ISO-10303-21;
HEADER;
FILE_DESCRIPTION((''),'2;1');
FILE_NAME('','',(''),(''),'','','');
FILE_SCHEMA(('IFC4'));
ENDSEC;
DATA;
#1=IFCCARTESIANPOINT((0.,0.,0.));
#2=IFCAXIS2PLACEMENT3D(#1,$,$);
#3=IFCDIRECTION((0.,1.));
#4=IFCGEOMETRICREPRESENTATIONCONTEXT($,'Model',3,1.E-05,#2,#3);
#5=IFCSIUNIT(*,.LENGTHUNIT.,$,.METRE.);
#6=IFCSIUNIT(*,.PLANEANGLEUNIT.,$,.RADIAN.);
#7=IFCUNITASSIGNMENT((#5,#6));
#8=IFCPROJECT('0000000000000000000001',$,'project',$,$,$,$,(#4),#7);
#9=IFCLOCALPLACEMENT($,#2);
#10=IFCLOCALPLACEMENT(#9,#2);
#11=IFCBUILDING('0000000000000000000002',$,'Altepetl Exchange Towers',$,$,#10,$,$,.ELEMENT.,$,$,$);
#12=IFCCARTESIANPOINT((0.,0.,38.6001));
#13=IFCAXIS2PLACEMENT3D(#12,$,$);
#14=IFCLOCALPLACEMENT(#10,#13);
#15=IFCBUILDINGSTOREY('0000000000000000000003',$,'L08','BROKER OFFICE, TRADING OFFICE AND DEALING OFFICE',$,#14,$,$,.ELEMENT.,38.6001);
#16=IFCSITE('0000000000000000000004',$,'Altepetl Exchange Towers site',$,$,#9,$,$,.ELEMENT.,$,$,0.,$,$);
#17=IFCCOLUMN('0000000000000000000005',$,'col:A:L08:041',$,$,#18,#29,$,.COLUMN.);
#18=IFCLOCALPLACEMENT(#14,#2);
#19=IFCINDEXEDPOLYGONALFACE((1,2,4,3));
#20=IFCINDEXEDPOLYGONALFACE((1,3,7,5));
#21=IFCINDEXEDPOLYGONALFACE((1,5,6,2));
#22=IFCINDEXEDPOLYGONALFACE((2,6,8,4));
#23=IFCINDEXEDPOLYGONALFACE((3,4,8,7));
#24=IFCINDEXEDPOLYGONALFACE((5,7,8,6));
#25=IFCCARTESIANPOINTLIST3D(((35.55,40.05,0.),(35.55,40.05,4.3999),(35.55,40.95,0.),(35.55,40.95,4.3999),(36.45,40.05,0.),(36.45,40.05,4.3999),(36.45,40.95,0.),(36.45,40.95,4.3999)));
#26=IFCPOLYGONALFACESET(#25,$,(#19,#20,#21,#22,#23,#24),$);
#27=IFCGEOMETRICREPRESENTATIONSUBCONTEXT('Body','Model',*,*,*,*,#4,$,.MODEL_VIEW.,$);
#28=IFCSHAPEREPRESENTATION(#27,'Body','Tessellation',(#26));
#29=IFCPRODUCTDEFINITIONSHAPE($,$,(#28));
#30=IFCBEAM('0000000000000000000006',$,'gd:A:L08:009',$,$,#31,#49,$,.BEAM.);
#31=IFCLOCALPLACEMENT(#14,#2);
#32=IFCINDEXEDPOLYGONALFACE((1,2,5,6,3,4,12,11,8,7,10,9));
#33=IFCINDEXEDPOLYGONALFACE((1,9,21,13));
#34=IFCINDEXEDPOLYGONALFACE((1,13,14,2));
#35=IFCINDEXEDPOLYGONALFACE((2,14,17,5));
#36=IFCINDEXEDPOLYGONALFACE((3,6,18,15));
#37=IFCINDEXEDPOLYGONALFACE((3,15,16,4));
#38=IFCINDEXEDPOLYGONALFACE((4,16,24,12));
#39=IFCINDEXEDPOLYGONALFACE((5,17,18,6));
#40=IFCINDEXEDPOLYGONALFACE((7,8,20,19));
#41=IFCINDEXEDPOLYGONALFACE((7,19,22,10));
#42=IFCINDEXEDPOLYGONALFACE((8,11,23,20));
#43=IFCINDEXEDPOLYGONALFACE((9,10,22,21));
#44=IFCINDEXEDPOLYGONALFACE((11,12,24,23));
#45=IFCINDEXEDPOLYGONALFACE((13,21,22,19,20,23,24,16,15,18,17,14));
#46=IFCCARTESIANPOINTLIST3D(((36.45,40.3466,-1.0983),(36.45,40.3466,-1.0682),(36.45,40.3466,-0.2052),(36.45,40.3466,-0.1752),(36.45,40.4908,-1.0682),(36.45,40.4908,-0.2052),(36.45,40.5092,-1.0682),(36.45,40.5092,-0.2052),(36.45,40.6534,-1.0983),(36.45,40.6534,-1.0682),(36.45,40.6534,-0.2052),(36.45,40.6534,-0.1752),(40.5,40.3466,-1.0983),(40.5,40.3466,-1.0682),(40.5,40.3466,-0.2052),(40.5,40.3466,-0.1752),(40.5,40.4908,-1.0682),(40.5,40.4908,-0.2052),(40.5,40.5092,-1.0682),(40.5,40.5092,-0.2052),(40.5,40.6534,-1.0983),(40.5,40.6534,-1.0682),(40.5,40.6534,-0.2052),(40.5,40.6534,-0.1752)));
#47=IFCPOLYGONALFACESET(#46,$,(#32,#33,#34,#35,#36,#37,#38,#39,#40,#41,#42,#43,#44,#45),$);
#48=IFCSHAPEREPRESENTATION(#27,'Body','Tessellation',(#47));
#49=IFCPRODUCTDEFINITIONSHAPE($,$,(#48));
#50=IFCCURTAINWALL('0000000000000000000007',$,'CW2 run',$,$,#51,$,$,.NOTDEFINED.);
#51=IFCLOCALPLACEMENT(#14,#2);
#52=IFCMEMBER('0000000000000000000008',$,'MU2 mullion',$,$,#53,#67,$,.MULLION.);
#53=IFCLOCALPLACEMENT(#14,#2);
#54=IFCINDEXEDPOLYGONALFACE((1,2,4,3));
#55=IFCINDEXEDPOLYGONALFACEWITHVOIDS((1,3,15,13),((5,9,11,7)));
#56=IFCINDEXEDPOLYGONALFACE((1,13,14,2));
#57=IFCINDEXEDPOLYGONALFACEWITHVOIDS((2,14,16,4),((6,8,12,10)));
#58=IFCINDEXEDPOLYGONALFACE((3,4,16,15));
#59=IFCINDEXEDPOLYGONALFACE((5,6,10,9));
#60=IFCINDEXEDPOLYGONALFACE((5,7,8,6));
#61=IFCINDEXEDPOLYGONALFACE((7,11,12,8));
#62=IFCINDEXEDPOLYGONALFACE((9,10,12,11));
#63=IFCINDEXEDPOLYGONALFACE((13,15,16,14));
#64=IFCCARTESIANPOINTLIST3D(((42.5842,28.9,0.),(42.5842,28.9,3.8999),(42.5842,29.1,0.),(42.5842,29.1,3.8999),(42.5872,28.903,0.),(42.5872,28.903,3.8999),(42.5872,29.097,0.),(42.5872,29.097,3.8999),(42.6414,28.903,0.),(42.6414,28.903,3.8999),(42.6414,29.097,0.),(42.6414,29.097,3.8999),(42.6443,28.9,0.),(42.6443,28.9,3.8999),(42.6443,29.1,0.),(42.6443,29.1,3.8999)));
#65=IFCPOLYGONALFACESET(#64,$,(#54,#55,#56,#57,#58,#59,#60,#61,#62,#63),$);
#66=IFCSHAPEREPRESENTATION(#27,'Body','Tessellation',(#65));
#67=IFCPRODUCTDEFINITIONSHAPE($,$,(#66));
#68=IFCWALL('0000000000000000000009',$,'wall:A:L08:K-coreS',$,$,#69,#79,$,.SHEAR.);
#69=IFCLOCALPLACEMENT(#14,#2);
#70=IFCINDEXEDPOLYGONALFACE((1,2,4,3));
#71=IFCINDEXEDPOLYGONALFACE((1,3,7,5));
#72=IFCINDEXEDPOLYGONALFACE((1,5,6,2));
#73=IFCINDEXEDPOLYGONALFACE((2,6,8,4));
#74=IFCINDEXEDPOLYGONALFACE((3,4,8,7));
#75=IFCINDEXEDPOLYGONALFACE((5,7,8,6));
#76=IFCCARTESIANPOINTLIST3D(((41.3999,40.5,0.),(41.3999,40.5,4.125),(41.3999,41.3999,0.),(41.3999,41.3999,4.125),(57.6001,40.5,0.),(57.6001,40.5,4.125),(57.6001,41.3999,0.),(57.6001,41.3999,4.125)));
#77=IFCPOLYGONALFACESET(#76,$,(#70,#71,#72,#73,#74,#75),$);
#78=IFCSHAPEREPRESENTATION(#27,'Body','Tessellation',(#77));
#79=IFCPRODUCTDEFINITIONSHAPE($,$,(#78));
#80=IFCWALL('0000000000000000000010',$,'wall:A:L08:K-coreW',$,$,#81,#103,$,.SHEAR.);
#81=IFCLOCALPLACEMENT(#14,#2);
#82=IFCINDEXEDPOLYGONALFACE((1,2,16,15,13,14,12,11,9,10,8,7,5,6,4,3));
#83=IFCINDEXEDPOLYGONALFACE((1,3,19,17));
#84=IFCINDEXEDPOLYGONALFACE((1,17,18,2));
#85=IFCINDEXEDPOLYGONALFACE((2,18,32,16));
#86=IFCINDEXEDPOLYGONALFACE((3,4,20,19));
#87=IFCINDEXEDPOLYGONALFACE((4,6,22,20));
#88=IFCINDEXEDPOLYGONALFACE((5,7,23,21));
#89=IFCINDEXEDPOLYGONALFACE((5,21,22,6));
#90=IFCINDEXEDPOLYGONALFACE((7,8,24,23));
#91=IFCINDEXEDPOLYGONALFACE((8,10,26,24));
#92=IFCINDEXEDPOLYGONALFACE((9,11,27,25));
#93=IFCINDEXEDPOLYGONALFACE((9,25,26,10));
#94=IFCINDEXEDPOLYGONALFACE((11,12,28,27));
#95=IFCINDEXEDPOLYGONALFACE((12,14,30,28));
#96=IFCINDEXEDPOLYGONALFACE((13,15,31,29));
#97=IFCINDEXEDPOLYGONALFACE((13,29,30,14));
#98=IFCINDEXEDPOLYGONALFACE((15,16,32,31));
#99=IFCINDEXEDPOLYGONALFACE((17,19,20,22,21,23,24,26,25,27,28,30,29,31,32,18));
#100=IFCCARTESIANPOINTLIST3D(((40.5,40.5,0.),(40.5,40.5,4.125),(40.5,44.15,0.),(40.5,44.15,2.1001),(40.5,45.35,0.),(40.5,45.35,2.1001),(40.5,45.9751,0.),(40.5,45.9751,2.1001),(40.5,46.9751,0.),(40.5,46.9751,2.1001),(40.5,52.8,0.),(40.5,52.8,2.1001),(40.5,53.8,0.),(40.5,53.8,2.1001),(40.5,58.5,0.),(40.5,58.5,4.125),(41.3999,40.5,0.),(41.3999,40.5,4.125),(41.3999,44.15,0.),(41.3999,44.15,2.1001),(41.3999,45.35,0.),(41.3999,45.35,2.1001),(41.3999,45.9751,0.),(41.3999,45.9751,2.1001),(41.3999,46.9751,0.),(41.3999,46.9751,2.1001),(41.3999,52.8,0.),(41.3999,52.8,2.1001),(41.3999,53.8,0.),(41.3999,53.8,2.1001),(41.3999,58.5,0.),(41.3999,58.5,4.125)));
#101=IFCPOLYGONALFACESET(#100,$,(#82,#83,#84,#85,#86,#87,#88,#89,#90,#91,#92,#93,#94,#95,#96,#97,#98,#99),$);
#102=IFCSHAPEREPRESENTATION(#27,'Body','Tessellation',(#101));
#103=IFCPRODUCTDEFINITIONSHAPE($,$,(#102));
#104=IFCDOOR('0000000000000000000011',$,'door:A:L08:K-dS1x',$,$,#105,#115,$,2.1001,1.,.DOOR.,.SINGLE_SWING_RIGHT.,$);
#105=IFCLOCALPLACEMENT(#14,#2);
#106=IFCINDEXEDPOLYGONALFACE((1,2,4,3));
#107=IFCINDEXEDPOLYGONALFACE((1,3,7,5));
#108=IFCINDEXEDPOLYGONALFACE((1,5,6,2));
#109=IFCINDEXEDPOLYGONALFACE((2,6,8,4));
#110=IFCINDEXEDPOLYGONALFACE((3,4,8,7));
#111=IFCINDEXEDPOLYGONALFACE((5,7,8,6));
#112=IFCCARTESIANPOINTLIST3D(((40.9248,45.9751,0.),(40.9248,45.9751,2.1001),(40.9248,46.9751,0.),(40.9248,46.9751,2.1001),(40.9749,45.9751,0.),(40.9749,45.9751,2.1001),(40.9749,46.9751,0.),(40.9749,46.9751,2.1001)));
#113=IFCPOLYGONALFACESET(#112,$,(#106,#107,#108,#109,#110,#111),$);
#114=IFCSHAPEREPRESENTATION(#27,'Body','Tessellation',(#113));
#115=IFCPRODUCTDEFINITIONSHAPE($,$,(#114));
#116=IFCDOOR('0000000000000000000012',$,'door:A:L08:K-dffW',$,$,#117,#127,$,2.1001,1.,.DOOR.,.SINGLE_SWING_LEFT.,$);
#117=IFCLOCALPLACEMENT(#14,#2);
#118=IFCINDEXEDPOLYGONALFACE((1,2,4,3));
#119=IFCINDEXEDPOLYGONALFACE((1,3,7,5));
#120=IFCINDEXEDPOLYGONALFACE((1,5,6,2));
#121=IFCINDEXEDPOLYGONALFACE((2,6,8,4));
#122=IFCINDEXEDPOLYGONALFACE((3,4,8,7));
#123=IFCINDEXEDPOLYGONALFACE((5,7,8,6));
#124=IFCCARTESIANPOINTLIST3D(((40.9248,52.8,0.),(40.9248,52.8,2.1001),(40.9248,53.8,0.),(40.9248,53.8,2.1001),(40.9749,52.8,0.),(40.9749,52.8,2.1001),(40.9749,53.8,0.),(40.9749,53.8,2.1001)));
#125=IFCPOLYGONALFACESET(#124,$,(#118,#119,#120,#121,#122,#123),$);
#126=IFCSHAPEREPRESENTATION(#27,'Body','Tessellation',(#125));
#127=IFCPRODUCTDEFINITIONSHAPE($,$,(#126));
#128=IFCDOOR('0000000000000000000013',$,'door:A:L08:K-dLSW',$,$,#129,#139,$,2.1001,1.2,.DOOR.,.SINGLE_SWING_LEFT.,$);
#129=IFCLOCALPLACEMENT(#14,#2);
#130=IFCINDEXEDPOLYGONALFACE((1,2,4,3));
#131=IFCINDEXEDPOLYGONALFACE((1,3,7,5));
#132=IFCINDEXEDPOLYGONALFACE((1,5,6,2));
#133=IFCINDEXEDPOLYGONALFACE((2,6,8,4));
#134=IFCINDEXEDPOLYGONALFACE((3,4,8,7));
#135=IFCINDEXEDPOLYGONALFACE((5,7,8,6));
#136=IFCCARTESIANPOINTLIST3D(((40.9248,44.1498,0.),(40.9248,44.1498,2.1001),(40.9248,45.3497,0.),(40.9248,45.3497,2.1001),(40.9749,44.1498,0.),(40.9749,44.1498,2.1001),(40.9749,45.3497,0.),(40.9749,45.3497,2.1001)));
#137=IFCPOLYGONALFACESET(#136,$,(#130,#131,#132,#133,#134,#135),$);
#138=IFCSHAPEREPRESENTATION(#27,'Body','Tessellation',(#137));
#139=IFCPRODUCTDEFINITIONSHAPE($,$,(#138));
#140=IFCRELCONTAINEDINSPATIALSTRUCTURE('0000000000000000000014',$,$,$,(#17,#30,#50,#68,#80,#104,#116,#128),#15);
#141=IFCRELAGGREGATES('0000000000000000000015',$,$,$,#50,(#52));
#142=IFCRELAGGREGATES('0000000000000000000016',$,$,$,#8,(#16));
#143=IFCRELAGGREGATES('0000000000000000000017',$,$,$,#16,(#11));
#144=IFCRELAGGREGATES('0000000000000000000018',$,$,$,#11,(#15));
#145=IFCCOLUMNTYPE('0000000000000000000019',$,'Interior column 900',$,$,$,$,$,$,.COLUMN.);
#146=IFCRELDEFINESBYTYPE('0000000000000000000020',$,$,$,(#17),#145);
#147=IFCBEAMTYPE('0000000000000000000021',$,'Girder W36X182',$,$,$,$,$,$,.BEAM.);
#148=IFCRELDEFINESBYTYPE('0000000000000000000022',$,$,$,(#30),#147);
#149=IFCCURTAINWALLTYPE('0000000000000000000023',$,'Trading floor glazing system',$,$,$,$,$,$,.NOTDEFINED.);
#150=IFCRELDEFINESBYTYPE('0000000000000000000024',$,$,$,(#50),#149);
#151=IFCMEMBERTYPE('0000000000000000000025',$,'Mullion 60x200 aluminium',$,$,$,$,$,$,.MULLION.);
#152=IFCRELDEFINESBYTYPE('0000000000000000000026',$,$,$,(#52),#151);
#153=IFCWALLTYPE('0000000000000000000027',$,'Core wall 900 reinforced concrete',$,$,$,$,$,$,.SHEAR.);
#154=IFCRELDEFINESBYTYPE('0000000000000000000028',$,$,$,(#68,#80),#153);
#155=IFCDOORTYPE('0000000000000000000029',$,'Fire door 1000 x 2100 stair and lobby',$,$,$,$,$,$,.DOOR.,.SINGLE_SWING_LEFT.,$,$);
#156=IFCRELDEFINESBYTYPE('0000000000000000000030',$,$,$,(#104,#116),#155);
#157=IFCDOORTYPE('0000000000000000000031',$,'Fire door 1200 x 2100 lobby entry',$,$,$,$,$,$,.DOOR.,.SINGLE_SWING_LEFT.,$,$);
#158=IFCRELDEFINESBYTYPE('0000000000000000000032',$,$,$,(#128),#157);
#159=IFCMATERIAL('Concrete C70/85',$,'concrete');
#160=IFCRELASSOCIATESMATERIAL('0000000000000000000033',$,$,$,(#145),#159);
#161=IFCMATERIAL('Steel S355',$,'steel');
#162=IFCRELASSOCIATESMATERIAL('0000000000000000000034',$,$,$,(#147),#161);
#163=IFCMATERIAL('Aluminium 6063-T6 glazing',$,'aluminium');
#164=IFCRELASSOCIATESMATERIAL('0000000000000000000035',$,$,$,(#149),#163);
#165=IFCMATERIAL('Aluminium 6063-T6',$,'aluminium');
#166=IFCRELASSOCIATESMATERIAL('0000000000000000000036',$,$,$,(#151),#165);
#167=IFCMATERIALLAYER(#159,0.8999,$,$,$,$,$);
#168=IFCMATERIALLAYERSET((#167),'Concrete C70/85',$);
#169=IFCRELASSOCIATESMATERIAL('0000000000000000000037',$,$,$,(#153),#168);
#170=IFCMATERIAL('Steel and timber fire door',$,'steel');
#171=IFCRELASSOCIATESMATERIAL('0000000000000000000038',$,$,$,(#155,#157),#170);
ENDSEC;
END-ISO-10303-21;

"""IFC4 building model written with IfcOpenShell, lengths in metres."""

from ifc_helpers import new_model, si_unit, direction, frame, frame_2d, origin, origin_2d, place, context, subcontext, project, spatial, rectangle, hollow_rectangle, i_section, extrude, material, layer, layer_set, material_profile, profile_set, type_object, element, fill, aggregate, save


model = new_model("IFC4")

# Units and contexts
model_context = context("Model", 3, precision=1e-05, world=origin(), true_north=direction((0.0, 1.0)))
body_context = subcontext(model_context, "Body", "Model", "MODEL_VIEW")
ifc_project = project(units=[si_unit("LENGTHUNIT", "METRE"), si_unit("PLANEANGLEUNIT", "RADIAN")], contexts=[model_context])

# Site, building, storey
site_placement = place(None, origin())
site = spatial("IfcSite", under=ifc_project, at=site_placement, Name="Altepetl Exchange Towers site", CompositionType="ELEMENT", RefElevation=0.0)
building_placement = place(site_placement, origin())
building = spatial("IfcBuilding", under=site, at=building_placement, Name="Altepetl Exchange Towers", CompositionType="ELEMENT")
storey_placement = place(building_placement, frame((0.0, 0.0, 38.6001)))
storey = spatial("IfcBuildingStorey", under=building, at=storey_placement, Name="L08", Description="BROKER OFFICE, TRADING OFFICE AND DEALING OFFICE", CompositionType="ELEMENT", Elevation=38.6001)

# Column
ifc_material_1 = material(Name="Concrete C70/85", Category="concrete")
ifc_material_profile_1 = material_profile(ifc_material_1, rectangle(XDim=0.8999, YDim=0.8999, at=origin_2d()), Name="900 x 900")
ifc_profile_set_1 = profile_set([ifc_material_profile_1], Name="Concrete C70/85")
column_type = type_object("IfcColumnType", Name="Interior column 900", PredefinedType="COLUMN", material=ifc_profile_set_1)
column_placement = place(storey_placement, frame((36.0, 40.5, 0.0)))
element("IfcColumn", 1, at=column_placement, inside=storey, type_object=column_type, Name="col:A:L08:041", PredefinedType="COLUMN", context=body_context, shape_type="SweptSolid", body=[
    extrude(rectangle(XDim=0.8999, YDim=0.8999, at=origin_2d()), origin(), (0.0, 0.0, 1.0), 4.3999),
])

# Beam
ifc_material_2 = material(Name="Steel S355", Category="steel")
ifc_material_profile_2 = material_profile(ifc_material_2, i_section(OverallWidth=0.3069, OverallDepth=0.9231, WebThickness=0.0183, FlangeThickness=0.03, at=origin_2d()), Name="W36X182")
ifc_profile_set_2 = profile_set([ifc_material_profile_2], Name="Steel S355")
beam_type = type_object("IfcBeamType", Name="Girder W36X182", PredefinedType="BEAM", material=ifc_profile_set_2)
beam_placement = place(storey_placement, frame((40.5, 40.5, -0.6367), z_axis=(-1.0, 0.0, 0.0), x_axis=(0.0, -1.0, 0.0)))
element("IfcBeam", 2, at=beam_placement, inside=storey, type_object=beam_type, Name="gd:A:L08:009", PredefinedType="BEAM", context=body_context, shape_type="SweptSolid", body=[
    extrude(i_section(OverallWidth=0.3069, OverallDepth=0.9231, WebThickness=0.0183, FlangeThickness=0.03, at=origin_2d()), origin(), (0.0, 0.0, 1.0), 4.05),
])

# Curtain wall, member
ifc_material_3 = material(Name="Aluminium 6063-T6 glazing", Category="aluminium")
curtain_wall_type = type_object("IfcCurtainWallType", Name="Trading floor glazing system", PredefinedType="NOTDEFINED", material=ifc_material_3)
curtain_wall_placement = place(storey_placement, origin())
curtain_wall = element("IfcCurtainWall", 3, at=curtain_wall_placement, inside=storey, type_object=curtain_wall_type, Name="CW2 run", PredefinedType="NOTDEFINED")
ifc_material_4 = material(Name="Aluminium 6063-T6", Category="aluminium")
ifc_material_profile_3 = material_profile(ifc_material_4, hollow_rectangle(XDim=0.0601, YDim=0.2, WallThickness=0.0029, at=origin_2d()), Name="Mullion 60x200 aluminium")
ifc_profile_set_3 = profile_set([ifc_material_profile_3], Name="Aluminium 6063-T6")
member_type = type_object("IfcMemberType", Name="Mullion 60x200 aluminium", PredefinedType="MULLION", material=ifc_profile_set_3)
member_placement = place(storey_placement, frame((42.6143, 29.0, 0.0)))
member = element("IfcMember", 4, at=member_placement, type_object=member_type, Name="MU2 mullion", PredefinedType="MULLION", context=body_context, shape_type="SweptSolid", body=[
    extrude(hollow_rectangle(XDim=0.0601, YDim=0.2, WallThickness=0.0029, at=origin_2d()), origin(), (0.0, 0.0, 1.0), 3.8999),
])
aggregate(curtain_wall, [member])

# Wall
ifc_layer_1 = layer(ifc_material_1, 0.8999)
ifc_layer_set_1 = layer_set([ifc_layer_1], Name="Concrete C70/85")
wall_type_1 = type_object("IfcWallType", Name="Core wall 900 reinforced concrete", PredefinedType="SHEAR", material=ifc_layer_set_1)
wall_1_placement = place(storey_placement, frame((41.3999, 40.95, 0.0)))
element("IfcWall", 5, at=wall_1_placement, inside=storey, type_object=wall_type_1, Name="wall:A:L08:K-coreS", PredefinedType="SHEAR", context=body_context, shape_type="SweptSolid", body=[
    extrude(rectangle(XDim=16.2002, YDim=0.8999, at=frame_2d((8.1001, 0.0))), origin(), (0.0, 0.0, 1.0), 4.125),
])

# Wall, openings, doors
wall_2_placement = place(storey_placement, frame((40.95, 40.5, 0.0), z_axis=(0.0, 0.0, 1.0), x_axis=(0.0, 1.0, 0.0)))
wall_2 = element("IfcWall", 6, at=wall_2_placement, inside=storey, type_object=wall_type_1, Name="wall:A:L08:K-coreW", PredefinedType="SHEAR", context=body_context, shape_type="SweptSolid", body=[
    extrude(rectangle(XDim=18.0, YDim=0.8999, at=frame_2d((9.0, 0.0))), origin(), (0.0, 0.0, 1.0), 4.125),
])
opening_1_placement = place(wall_2_placement, frame((3.6499, 0.0, 0.0)))
opening_1 = element("IfcOpeningElement", 7, at=opening_1_placement, cuts=wall_2, PredefinedType="OPENING", context=body_context, shape_type="SweptSolid", body=[
    extrude(rectangle(XDim=1.2, YDim=2.1001, at=frame_2d((0.6001, 1.05))), frame((0.0, 0.46, 0.0), z_axis=(0.0, -1.0, 0.0), x_axis=(1.0, 0.0, 0.0)), (0.0, 0.0, 1.0), 0.9199),
])
opening_2_placement = place(wall_2_placement, frame((5.4751, 0.0, 0.0)))
opening_2 = element("IfcOpeningElement", 8, at=opening_2_placement, cuts=wall_2, PredefinedType="OPENING", context=body_context, shape_type="SweptSolid", body=[
    extrude(rectangle(XDim=1.0, YDim=2.1001, at=frame_2d((0.5, 1.05))), frame((0.0, 0.46, 0.0), z_axis=(0.0, -1.0, 0.0), x_axis=(1.0, 0.0, 0.0)), (0.0, 0.0, 1.0), 0.9199),
])
opening_3_placement = place(wall_2_placement, frame((12.3, 0.0, 0.0)))
opening_3 = element("IfcOpeningElement", 9, at=opening_3_placement, cuts=wall_2, PredefinedType="OPENING", context=body_context, shape_type="SweptSolid", body=[
    extrude(rectangle(XDim=1.0, YDim=2.1001, at=frame_2d((0.5, 1.05))), frame((0.0, 0.46, 0.0), z_axis=(0.0, -1.0, 0.0), x_axis=(1.0, 0.0, 0.0)), (0.0, 0.0, 1.0), 0.9199),
])
ifc_material_5 = material(Name="Steel and timber fire door", Category="steel")
door_type_1 = type_object("IfcDoorType", Name="Fire door 1000 x 2100 stair and lobby", OperationType="SINGLE_SWING_LEFT", PredefinedType="DOOR", material=ifc_material_5)
door_1_placement = place(opening_2_placement, frame((1.0, 0.0, 0.0), x_axis=(-1.0, 0.0, 0.0)))
door_1 = element("IfcDoor", 10, at=door_1_placement, inside=storey, type_object=door_type_1, Name="door:A:L08:K-dS1x", OperationType="SINGLE_SWING_RIGHT", OverallHeight=2.1001, OverallWidth=1.0, PredefinedType="DOOR", context=body_context, shape_type="SweptSolid", body=[
    extrude(rectangle(XDim=1.0, YDim=2.1001, at=frame_2d((0.5, 1.05))), frame((0.0, 0.0249, 0.0), z_axis=(0.0, -1.0, 0.0), x_axis=(1.0, 0.0, 0.0)), (0.0, 0.0, 1.0), 0.05),
])
fill(opening_2, door_1)
door_2_placement = place(opening_3_placement, frame((1.0, 0.0, 0.0), x_axis=(-1.0, 0.0, 0.0)))
door_2 = element("IfcDoor", 11, at=door_2_placement, inside=storey, type_object=door_type_1, Name="door:A:L08:K-dffW", OperationType="SINGLE_SWING_LEFT", OverallHeight=2.1001, OverallWidth=1.0, PredefinedType="DOOR", context=body_context, shape_type="SweptSolid", body=[
    extrude(rectangle(XDim=1.0, YDim=2.1001, at=frame_2d((0.5, 1.05))), frame((0.0, 0.0249, 0.0), z_axis=(0.0, -1.0, 0.0), x_axis=(1.0, 0.0, 0.0)), (0.0, 0.0, 1.0), 0.05),
])
fill(opening_3, door_2)
door_type_2 = type_object("IfcDoorType", Name="Fire door 1200 x 2100 lobby entry", OperationType="SINGLE_SWING_LEFT", PredefinedType="DOOR", material=ifc_material_5)
door_3_placement = place(opening_1_placement, frame((1.2, 0.0, 0.0), x_axis=(-1.0, 0.0, 0.0)))
door_3 = element("IfcDoor", 12, at=door_3_placement, inside=storey, type_object=door_type_2, Name="door:A:L08:K-dLSW", OperationType="SINGLE_SWING_LEFT", OverallHeight=2.1001, OverallWidth=1.2, PredefinedType="DOOR", context=body_context, shape_type="SweptSolid", body=[
    extrude(rectangle(XDim=1.2, YDim=2.1001, at=frame_2d((0.6001, 1.05))), frame((0.0, 0.0249, 0.0), z_axis=(0.0, -1.0, 0.0), x_axis=(1.0, 0.0, 0.0)), (0.0, 0.0, 1.0), 0.05),
])
fill(opening_1, door_3)

save(model, "model.ifc")
